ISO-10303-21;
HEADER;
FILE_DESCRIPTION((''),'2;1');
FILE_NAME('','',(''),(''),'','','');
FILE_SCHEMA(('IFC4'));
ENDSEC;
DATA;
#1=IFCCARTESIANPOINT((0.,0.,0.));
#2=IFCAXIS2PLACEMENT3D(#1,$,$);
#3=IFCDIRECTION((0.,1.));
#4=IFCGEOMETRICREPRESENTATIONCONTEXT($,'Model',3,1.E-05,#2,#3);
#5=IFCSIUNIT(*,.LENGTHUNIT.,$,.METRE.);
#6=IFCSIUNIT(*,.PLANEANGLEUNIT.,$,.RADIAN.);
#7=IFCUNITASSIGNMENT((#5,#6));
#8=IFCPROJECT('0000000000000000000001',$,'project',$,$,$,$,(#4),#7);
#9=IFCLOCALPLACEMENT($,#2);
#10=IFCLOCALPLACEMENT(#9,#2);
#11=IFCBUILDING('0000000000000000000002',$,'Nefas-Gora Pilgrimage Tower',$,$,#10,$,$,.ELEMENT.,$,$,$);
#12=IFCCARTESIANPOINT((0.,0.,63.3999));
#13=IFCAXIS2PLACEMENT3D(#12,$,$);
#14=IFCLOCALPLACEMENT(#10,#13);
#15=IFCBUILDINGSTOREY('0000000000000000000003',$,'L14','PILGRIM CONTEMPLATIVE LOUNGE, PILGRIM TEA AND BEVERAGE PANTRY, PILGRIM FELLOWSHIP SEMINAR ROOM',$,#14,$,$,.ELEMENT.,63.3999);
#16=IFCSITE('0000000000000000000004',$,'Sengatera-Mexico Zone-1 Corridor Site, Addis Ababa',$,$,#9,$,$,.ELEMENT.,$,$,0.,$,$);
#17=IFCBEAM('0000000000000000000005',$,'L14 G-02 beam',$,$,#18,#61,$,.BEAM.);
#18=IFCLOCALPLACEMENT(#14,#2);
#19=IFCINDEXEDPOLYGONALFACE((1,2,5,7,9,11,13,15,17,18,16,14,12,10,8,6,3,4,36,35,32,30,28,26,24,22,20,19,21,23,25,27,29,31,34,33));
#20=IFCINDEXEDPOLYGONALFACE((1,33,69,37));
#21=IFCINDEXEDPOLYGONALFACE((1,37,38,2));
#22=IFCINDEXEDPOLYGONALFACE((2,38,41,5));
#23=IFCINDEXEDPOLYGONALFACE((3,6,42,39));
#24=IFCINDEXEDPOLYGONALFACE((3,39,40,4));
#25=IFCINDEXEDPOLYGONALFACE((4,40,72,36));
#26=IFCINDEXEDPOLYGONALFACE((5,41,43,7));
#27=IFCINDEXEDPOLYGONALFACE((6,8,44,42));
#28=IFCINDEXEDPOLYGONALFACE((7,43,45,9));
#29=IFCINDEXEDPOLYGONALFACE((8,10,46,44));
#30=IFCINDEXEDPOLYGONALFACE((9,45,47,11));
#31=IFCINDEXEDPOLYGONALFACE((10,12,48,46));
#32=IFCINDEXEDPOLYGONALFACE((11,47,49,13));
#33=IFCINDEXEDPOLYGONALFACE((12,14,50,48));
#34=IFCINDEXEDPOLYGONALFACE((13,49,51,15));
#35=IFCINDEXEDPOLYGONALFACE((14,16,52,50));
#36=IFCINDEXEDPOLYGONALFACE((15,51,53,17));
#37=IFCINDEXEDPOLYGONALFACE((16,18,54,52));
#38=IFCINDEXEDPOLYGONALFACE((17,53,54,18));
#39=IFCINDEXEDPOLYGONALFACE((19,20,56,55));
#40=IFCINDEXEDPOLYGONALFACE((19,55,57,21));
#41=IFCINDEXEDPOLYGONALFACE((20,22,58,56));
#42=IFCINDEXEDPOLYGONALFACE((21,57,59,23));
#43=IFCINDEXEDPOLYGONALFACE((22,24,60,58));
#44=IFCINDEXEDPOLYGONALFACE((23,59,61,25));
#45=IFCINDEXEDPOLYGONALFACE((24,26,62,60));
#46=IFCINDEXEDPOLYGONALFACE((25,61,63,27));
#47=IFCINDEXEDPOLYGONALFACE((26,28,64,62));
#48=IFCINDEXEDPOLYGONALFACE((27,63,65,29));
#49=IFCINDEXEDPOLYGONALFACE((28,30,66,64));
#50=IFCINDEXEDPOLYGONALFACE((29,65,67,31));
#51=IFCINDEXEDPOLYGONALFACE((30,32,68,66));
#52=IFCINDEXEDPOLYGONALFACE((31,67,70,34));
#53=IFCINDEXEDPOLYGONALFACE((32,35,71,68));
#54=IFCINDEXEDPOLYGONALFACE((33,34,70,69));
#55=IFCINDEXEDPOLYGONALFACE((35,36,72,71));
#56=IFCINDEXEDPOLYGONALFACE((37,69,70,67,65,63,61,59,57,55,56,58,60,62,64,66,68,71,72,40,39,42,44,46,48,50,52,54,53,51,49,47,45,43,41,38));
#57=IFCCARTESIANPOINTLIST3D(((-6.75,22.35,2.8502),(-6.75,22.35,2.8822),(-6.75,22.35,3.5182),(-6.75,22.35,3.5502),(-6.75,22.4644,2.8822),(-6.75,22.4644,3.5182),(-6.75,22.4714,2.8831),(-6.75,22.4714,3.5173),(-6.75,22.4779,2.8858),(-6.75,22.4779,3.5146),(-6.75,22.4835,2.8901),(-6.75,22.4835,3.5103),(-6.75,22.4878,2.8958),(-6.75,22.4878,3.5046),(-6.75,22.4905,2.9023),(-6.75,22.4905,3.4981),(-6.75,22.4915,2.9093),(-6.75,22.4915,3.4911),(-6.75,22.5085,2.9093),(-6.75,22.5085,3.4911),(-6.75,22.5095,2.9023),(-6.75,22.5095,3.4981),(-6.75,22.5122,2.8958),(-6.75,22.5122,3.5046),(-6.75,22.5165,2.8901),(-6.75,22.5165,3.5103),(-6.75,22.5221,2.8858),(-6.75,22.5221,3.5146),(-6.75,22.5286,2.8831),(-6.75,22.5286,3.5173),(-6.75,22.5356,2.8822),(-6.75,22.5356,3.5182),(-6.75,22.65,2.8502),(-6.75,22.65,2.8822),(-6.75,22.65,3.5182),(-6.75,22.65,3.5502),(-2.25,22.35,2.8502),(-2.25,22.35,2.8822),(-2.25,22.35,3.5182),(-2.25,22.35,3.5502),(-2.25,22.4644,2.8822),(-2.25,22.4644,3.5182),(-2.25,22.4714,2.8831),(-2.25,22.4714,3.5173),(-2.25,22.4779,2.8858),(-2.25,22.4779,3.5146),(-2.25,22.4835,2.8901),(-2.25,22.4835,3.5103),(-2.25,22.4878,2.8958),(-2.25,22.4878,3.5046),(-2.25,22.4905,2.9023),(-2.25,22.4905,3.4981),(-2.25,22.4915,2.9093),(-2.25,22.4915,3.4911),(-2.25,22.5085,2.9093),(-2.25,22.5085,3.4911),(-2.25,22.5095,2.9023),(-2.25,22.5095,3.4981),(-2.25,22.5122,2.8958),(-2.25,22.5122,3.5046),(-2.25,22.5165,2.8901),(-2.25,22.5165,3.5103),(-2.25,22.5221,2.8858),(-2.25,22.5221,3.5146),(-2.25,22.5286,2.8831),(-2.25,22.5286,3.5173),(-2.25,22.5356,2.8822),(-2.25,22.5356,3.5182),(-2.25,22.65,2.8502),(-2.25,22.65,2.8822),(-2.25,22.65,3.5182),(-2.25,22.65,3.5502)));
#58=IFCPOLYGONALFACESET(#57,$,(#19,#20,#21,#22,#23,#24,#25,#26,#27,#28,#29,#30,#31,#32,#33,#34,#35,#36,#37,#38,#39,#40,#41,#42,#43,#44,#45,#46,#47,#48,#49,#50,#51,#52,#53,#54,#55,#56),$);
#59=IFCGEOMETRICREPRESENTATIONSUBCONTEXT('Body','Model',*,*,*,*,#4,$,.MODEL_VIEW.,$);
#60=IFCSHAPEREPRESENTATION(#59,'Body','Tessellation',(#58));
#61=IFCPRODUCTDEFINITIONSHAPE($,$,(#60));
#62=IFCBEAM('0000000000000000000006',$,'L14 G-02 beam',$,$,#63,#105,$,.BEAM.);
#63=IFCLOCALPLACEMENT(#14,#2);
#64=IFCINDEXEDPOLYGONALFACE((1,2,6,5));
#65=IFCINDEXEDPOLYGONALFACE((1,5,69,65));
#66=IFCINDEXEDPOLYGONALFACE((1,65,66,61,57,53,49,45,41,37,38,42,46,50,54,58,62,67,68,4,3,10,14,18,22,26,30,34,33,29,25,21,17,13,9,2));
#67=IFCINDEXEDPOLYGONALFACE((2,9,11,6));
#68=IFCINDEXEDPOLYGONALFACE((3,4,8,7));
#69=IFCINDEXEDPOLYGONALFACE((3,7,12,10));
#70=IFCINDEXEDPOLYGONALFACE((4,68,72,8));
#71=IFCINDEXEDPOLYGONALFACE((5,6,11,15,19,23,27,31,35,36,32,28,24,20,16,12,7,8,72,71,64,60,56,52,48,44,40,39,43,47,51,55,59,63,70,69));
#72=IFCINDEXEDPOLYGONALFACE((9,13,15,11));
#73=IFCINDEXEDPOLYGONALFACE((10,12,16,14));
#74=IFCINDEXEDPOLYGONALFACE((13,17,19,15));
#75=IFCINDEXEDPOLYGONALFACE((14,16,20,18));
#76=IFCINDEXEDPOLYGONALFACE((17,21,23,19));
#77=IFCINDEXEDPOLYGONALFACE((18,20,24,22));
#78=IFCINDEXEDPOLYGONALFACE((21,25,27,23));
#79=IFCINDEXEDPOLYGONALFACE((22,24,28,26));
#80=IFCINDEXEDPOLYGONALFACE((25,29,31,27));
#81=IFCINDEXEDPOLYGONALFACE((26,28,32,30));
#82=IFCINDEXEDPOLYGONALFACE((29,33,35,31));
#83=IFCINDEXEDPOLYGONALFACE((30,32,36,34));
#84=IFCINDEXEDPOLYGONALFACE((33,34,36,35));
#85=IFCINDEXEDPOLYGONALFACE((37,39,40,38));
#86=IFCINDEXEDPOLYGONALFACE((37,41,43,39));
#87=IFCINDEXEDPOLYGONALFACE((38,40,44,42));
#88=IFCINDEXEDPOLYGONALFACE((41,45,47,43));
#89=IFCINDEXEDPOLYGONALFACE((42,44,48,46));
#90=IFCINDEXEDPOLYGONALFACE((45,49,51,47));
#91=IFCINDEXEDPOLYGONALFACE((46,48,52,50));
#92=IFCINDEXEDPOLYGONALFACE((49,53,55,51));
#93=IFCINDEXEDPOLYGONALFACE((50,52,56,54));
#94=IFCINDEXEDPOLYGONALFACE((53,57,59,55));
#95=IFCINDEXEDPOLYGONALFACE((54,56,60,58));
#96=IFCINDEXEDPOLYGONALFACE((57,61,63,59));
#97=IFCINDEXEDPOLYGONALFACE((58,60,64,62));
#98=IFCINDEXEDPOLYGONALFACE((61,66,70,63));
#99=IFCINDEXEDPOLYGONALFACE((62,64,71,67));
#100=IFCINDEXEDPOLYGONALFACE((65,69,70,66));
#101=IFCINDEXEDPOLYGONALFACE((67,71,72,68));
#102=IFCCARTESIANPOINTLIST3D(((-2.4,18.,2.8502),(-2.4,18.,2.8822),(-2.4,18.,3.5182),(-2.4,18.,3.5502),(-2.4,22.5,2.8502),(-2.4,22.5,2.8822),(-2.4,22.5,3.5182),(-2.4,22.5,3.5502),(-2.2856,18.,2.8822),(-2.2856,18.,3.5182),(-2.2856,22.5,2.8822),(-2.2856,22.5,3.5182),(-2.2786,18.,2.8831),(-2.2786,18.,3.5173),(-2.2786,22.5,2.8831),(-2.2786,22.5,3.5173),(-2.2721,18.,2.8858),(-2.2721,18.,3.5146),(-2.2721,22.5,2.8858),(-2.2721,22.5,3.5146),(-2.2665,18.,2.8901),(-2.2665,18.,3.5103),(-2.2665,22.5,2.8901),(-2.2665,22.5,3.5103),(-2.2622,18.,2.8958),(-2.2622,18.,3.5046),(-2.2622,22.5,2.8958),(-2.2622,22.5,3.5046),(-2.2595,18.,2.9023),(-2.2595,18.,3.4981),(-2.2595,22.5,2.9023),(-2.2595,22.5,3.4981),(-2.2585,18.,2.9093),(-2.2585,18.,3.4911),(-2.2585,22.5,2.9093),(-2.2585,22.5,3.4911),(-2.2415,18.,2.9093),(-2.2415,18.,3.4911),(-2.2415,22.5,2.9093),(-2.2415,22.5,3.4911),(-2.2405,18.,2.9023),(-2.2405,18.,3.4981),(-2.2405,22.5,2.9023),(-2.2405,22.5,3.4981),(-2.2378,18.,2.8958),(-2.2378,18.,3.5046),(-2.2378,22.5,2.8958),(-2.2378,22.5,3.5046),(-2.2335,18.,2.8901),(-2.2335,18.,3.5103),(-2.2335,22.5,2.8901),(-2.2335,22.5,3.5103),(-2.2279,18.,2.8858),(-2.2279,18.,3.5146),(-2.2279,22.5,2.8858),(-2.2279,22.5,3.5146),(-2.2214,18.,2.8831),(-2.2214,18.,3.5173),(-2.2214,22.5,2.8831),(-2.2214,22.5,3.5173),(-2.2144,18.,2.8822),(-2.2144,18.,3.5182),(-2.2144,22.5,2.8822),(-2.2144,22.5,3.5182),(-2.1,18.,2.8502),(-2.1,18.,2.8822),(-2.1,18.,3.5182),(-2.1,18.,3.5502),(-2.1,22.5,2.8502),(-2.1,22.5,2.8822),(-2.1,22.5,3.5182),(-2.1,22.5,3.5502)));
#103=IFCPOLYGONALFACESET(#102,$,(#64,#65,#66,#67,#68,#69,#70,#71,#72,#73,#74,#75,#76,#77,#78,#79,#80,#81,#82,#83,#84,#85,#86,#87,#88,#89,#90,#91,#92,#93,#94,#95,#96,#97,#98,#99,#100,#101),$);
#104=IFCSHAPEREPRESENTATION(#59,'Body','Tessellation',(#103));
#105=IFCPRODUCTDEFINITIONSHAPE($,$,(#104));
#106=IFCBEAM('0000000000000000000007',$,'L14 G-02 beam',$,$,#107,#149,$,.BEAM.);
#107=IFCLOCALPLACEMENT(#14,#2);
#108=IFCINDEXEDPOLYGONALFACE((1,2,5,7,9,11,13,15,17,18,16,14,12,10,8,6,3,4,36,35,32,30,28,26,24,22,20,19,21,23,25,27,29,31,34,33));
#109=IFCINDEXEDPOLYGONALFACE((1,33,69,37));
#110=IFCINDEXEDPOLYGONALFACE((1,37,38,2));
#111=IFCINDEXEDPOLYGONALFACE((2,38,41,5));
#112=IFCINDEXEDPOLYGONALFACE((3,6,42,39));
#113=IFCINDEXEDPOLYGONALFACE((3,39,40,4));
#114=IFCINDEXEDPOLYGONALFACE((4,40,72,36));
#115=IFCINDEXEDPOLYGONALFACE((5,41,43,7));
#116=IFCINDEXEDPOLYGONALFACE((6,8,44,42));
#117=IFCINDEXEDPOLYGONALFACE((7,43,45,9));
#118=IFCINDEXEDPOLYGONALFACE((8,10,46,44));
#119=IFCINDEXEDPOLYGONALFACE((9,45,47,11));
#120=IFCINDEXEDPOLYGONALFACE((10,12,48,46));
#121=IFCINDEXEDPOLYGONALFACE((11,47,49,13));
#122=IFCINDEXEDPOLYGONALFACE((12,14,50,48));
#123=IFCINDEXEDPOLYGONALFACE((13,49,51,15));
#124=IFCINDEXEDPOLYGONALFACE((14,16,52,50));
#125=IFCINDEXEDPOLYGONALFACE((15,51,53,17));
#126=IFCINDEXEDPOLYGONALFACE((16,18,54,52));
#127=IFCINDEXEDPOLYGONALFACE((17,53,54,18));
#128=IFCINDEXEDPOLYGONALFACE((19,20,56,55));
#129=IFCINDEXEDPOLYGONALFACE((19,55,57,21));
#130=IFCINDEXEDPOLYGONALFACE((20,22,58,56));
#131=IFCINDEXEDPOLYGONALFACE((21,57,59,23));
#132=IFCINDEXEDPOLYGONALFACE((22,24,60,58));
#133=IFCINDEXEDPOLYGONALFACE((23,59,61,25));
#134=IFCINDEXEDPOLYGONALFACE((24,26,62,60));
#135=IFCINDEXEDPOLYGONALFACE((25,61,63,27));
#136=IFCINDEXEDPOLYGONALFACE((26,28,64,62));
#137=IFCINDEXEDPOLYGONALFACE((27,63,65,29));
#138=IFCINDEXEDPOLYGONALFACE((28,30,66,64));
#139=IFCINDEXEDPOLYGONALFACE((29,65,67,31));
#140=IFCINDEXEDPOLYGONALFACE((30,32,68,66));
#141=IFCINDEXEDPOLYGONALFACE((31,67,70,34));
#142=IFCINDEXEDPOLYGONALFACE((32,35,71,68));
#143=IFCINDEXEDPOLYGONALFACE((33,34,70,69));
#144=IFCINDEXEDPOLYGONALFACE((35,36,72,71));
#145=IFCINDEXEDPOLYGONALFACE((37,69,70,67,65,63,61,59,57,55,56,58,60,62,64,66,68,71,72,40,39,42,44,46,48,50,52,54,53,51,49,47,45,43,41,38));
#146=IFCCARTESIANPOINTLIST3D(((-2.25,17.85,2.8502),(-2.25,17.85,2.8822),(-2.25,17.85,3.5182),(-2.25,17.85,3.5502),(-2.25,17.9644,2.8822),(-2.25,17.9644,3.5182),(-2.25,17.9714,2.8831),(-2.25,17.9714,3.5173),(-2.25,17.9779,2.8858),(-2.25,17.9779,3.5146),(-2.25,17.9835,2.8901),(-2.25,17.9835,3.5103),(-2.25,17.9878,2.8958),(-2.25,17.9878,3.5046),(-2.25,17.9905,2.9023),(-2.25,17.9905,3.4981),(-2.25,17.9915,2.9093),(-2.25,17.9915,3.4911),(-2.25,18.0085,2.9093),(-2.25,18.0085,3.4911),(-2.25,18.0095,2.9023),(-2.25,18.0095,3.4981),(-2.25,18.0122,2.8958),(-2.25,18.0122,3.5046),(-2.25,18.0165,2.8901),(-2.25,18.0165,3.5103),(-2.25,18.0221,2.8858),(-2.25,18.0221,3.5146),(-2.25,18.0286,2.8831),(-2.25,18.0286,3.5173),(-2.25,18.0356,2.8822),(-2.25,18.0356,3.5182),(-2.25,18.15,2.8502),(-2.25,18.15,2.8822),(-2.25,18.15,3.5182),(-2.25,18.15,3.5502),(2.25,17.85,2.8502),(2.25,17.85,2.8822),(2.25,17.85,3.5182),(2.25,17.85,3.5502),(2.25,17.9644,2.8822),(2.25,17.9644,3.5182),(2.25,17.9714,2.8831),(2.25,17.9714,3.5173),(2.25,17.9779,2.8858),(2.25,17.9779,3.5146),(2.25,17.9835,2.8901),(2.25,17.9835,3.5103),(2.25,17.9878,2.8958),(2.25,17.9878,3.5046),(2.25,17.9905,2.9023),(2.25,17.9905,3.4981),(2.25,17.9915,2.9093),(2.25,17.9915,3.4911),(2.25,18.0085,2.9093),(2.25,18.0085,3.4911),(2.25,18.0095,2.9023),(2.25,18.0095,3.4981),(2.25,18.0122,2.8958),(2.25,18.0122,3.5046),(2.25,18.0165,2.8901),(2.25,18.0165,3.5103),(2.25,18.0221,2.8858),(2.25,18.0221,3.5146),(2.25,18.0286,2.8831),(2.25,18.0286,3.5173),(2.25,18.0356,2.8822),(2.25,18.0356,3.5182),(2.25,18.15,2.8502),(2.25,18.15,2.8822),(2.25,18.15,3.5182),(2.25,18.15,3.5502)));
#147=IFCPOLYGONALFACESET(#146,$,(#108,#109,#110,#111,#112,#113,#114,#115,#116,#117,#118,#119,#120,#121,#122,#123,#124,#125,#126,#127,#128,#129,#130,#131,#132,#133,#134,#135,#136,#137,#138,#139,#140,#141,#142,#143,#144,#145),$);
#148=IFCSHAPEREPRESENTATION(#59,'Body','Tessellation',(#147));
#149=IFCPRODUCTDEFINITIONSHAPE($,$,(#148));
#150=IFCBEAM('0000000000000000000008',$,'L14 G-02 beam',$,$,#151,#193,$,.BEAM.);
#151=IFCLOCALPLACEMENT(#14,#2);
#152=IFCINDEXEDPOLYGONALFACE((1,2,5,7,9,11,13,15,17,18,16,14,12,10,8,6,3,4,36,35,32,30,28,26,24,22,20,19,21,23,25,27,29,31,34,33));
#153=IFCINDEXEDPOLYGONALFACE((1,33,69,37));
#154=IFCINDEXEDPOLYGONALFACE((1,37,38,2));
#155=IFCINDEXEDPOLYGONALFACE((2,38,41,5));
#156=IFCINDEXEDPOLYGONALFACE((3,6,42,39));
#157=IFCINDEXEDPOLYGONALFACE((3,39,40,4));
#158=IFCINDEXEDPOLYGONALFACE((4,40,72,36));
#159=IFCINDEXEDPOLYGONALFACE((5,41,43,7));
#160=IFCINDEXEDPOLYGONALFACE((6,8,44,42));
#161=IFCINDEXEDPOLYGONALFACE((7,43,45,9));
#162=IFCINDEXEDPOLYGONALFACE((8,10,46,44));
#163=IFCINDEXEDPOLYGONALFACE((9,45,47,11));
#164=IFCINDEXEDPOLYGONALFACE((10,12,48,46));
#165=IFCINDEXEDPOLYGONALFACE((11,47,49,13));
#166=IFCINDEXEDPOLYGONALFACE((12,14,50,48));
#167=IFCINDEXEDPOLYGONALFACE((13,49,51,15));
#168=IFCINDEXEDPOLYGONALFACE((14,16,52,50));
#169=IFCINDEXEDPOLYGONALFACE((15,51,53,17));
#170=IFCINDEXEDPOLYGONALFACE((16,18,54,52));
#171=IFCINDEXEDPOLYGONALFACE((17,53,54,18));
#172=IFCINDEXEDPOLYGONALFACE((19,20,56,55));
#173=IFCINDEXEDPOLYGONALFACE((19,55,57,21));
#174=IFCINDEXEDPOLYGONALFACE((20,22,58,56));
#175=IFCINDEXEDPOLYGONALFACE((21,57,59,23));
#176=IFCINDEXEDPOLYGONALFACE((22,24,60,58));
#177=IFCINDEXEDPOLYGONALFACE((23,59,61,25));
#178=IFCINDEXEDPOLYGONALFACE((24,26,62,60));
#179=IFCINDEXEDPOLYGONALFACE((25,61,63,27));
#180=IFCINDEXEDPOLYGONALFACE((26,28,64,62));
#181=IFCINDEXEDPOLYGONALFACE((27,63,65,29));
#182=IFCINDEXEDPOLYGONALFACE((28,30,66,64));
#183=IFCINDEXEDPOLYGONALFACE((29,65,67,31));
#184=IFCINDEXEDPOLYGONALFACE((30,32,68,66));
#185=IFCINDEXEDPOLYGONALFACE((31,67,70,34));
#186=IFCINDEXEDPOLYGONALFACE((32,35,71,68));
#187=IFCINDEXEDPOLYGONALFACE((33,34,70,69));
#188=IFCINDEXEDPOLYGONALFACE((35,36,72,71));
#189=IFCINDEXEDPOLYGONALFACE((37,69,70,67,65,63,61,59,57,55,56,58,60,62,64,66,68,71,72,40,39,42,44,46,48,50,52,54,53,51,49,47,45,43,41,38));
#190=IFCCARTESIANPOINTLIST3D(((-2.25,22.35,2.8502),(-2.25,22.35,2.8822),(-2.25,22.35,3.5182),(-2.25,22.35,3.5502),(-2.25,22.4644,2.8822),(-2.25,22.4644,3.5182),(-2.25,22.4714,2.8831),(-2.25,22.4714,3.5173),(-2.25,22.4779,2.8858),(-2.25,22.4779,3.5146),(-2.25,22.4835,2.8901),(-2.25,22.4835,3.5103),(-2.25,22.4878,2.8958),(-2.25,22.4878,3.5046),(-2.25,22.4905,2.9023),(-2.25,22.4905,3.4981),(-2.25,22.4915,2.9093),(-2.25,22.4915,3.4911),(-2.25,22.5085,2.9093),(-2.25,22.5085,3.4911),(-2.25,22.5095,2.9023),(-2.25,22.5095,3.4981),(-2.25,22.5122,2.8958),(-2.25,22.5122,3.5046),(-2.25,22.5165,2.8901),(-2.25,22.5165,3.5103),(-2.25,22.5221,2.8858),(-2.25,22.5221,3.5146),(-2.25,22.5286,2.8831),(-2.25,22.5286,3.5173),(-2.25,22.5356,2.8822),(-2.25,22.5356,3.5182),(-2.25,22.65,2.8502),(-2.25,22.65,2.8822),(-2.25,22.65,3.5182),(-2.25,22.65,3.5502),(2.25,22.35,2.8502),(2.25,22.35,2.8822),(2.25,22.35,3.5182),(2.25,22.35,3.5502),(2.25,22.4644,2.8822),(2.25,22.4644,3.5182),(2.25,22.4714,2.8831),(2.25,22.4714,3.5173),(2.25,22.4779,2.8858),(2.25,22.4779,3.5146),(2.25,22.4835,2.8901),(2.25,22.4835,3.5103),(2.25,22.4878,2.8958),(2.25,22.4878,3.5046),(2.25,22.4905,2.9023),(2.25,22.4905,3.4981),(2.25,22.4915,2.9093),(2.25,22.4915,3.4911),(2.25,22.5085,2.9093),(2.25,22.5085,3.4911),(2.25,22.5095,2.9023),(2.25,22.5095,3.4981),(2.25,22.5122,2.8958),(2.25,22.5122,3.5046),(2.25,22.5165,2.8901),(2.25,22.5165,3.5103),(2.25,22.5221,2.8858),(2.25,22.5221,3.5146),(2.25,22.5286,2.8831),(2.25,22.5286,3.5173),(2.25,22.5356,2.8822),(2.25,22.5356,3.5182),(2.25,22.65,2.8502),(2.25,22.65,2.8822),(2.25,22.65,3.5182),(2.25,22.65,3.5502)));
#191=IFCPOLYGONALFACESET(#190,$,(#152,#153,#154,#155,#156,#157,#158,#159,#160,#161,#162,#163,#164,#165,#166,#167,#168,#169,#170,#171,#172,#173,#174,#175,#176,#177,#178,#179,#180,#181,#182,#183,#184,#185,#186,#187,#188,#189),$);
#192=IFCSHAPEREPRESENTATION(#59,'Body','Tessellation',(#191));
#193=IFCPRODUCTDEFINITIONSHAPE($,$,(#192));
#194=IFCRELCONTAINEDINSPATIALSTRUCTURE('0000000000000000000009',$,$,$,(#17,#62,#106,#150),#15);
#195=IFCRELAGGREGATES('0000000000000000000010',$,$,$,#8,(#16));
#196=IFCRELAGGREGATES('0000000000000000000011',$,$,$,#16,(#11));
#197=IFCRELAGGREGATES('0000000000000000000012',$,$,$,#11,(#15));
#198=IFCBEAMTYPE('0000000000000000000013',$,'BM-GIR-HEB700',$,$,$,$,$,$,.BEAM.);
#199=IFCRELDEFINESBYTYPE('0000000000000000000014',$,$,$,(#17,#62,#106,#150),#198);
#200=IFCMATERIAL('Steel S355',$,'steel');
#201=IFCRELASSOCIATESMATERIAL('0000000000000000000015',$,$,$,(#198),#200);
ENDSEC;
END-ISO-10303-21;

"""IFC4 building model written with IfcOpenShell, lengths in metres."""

from ifc_helpers import new_model, si_unit, direction, frame, origin, origin_2d, place, context, subcontext, project, spatial, i_section, extrude, source, transform, mapped, material, material_profile, profile_set, type_object, element, save


model = new_model("IFC4")

# Units and contexts
model_context = context("Model", 3, precision=1e-05, world=origin(), true_north=direction((0.0, 1.0)))
body_context = subcontext(model_context, "Body", "Model", "MODEL_VIEW")
ifc_project = project(units=[si_unit("LENGTHUNIT", "METRE"), si_unit("PLANEANGLEUNIT", "RADIAN")], contexts=[model_context])

# Site, building, storey
site_placement = place(None, origin())
site = spatial("IfcSite", under=ifc_project, at=site_placement, Name="Sengatera-Mexico Zone-1 Corridor Site, Addis Ababa", CompositionType="ELEMENT", RefElevation=0.0)
building_placement = place(site_placement, origin())
building = spatial("IfcBuilding", under=site, at=building_placement, Name="Nefas-Gora Pilgrimage Tower", CompositionType="ELEMENT")
storey_placement = place(building_placement, frame((0.0, 0.0, 63.3999)))
storey = spatial("IfcBuildingStorey", under=building, at=storey_placement, Name="L14", Description="PILGRIM CONTEMPLATIVE LOUNGE, PILGRIM TEA AND BEVERAGE PANTRY, PILGRIM FELLOWSHIP SEMINAR ROOM", CompositionType="ELEMENT", Elevation=63.3999)

# Beams
ifc_material_1 = material(Name="Steel S355", Category="steel")
ifc_material_profile_1 = material_profile(ifc_material_1, i_section(OverallWidth=0.3, OverallDepth=0.7, WebThickness=0.0171, FlangeThickness=0.032, FilletRadius=0.0271, at=origin_2d()), Name="HEB 700")
ifc_profile_set_1 = profile_set([ifc_material_profile_1], Name="Steel S355")
beam_type = type_object("IfcBeamType", Name="BM-GIR-HEB700", PredefinedType="BEAM", material=ifc_profile_set_1)
shared_shape_1 = source(origin(), body_context, "Body", "SweptSolid", [
    extrude(i_section(OverallWidth=0.3, OverallDepth=0.7, WebThickness=0.0171, FlangeThickness=0.032, FilletRadius=0.0271, at=origin_2d()), origin(), (0.0, 0.0, 1.0), 4.5),
])
for number, where, z_axis, x_axis, name in (
    (1, (-6.75, 22.5, 3.2002), (1.0, 0.0, 0.0), (0.0, 1.0, 0.0), "L14 G-02 beam"),
    (2, (-2.25, 18.0, 3.2002), (0.0, 1.0, 0.0), (-1.0, 0.0, 0.0), "L14 G-02 beam"),
    (3, (-2.25, 18.0, 3.2002), (1.0, 0.0, 0.0), (0.0, 1.0, 0.0), "L14 G-02 beam"),
    (4, (-2.25, 22.5, 3.2002), (1.0, 0.0, 0.0), (0.0, 1.0, 0.0), "L14 G-02 beam"),
):
    element("IfcBeam", number, at=place(storey_placement, frame(where, z_axis=z_axis, x_axis=x_axis)), inside=storey, type_object=beam_type, Name=name, PredefinedType="BEAM", context=body_context, shape_type="MappedRepresentation", body=[
        mapped(shared_shape_1, transform((0.0, 0.0, 0.0), x_axis=(1.0, 0.0, 0.0), y_axis=(0.0, 1.0, 0.0), z_axis=(0.0, 0.0, 1.0), scale=1.0)),
    ])

save(model, "model.ifc")
